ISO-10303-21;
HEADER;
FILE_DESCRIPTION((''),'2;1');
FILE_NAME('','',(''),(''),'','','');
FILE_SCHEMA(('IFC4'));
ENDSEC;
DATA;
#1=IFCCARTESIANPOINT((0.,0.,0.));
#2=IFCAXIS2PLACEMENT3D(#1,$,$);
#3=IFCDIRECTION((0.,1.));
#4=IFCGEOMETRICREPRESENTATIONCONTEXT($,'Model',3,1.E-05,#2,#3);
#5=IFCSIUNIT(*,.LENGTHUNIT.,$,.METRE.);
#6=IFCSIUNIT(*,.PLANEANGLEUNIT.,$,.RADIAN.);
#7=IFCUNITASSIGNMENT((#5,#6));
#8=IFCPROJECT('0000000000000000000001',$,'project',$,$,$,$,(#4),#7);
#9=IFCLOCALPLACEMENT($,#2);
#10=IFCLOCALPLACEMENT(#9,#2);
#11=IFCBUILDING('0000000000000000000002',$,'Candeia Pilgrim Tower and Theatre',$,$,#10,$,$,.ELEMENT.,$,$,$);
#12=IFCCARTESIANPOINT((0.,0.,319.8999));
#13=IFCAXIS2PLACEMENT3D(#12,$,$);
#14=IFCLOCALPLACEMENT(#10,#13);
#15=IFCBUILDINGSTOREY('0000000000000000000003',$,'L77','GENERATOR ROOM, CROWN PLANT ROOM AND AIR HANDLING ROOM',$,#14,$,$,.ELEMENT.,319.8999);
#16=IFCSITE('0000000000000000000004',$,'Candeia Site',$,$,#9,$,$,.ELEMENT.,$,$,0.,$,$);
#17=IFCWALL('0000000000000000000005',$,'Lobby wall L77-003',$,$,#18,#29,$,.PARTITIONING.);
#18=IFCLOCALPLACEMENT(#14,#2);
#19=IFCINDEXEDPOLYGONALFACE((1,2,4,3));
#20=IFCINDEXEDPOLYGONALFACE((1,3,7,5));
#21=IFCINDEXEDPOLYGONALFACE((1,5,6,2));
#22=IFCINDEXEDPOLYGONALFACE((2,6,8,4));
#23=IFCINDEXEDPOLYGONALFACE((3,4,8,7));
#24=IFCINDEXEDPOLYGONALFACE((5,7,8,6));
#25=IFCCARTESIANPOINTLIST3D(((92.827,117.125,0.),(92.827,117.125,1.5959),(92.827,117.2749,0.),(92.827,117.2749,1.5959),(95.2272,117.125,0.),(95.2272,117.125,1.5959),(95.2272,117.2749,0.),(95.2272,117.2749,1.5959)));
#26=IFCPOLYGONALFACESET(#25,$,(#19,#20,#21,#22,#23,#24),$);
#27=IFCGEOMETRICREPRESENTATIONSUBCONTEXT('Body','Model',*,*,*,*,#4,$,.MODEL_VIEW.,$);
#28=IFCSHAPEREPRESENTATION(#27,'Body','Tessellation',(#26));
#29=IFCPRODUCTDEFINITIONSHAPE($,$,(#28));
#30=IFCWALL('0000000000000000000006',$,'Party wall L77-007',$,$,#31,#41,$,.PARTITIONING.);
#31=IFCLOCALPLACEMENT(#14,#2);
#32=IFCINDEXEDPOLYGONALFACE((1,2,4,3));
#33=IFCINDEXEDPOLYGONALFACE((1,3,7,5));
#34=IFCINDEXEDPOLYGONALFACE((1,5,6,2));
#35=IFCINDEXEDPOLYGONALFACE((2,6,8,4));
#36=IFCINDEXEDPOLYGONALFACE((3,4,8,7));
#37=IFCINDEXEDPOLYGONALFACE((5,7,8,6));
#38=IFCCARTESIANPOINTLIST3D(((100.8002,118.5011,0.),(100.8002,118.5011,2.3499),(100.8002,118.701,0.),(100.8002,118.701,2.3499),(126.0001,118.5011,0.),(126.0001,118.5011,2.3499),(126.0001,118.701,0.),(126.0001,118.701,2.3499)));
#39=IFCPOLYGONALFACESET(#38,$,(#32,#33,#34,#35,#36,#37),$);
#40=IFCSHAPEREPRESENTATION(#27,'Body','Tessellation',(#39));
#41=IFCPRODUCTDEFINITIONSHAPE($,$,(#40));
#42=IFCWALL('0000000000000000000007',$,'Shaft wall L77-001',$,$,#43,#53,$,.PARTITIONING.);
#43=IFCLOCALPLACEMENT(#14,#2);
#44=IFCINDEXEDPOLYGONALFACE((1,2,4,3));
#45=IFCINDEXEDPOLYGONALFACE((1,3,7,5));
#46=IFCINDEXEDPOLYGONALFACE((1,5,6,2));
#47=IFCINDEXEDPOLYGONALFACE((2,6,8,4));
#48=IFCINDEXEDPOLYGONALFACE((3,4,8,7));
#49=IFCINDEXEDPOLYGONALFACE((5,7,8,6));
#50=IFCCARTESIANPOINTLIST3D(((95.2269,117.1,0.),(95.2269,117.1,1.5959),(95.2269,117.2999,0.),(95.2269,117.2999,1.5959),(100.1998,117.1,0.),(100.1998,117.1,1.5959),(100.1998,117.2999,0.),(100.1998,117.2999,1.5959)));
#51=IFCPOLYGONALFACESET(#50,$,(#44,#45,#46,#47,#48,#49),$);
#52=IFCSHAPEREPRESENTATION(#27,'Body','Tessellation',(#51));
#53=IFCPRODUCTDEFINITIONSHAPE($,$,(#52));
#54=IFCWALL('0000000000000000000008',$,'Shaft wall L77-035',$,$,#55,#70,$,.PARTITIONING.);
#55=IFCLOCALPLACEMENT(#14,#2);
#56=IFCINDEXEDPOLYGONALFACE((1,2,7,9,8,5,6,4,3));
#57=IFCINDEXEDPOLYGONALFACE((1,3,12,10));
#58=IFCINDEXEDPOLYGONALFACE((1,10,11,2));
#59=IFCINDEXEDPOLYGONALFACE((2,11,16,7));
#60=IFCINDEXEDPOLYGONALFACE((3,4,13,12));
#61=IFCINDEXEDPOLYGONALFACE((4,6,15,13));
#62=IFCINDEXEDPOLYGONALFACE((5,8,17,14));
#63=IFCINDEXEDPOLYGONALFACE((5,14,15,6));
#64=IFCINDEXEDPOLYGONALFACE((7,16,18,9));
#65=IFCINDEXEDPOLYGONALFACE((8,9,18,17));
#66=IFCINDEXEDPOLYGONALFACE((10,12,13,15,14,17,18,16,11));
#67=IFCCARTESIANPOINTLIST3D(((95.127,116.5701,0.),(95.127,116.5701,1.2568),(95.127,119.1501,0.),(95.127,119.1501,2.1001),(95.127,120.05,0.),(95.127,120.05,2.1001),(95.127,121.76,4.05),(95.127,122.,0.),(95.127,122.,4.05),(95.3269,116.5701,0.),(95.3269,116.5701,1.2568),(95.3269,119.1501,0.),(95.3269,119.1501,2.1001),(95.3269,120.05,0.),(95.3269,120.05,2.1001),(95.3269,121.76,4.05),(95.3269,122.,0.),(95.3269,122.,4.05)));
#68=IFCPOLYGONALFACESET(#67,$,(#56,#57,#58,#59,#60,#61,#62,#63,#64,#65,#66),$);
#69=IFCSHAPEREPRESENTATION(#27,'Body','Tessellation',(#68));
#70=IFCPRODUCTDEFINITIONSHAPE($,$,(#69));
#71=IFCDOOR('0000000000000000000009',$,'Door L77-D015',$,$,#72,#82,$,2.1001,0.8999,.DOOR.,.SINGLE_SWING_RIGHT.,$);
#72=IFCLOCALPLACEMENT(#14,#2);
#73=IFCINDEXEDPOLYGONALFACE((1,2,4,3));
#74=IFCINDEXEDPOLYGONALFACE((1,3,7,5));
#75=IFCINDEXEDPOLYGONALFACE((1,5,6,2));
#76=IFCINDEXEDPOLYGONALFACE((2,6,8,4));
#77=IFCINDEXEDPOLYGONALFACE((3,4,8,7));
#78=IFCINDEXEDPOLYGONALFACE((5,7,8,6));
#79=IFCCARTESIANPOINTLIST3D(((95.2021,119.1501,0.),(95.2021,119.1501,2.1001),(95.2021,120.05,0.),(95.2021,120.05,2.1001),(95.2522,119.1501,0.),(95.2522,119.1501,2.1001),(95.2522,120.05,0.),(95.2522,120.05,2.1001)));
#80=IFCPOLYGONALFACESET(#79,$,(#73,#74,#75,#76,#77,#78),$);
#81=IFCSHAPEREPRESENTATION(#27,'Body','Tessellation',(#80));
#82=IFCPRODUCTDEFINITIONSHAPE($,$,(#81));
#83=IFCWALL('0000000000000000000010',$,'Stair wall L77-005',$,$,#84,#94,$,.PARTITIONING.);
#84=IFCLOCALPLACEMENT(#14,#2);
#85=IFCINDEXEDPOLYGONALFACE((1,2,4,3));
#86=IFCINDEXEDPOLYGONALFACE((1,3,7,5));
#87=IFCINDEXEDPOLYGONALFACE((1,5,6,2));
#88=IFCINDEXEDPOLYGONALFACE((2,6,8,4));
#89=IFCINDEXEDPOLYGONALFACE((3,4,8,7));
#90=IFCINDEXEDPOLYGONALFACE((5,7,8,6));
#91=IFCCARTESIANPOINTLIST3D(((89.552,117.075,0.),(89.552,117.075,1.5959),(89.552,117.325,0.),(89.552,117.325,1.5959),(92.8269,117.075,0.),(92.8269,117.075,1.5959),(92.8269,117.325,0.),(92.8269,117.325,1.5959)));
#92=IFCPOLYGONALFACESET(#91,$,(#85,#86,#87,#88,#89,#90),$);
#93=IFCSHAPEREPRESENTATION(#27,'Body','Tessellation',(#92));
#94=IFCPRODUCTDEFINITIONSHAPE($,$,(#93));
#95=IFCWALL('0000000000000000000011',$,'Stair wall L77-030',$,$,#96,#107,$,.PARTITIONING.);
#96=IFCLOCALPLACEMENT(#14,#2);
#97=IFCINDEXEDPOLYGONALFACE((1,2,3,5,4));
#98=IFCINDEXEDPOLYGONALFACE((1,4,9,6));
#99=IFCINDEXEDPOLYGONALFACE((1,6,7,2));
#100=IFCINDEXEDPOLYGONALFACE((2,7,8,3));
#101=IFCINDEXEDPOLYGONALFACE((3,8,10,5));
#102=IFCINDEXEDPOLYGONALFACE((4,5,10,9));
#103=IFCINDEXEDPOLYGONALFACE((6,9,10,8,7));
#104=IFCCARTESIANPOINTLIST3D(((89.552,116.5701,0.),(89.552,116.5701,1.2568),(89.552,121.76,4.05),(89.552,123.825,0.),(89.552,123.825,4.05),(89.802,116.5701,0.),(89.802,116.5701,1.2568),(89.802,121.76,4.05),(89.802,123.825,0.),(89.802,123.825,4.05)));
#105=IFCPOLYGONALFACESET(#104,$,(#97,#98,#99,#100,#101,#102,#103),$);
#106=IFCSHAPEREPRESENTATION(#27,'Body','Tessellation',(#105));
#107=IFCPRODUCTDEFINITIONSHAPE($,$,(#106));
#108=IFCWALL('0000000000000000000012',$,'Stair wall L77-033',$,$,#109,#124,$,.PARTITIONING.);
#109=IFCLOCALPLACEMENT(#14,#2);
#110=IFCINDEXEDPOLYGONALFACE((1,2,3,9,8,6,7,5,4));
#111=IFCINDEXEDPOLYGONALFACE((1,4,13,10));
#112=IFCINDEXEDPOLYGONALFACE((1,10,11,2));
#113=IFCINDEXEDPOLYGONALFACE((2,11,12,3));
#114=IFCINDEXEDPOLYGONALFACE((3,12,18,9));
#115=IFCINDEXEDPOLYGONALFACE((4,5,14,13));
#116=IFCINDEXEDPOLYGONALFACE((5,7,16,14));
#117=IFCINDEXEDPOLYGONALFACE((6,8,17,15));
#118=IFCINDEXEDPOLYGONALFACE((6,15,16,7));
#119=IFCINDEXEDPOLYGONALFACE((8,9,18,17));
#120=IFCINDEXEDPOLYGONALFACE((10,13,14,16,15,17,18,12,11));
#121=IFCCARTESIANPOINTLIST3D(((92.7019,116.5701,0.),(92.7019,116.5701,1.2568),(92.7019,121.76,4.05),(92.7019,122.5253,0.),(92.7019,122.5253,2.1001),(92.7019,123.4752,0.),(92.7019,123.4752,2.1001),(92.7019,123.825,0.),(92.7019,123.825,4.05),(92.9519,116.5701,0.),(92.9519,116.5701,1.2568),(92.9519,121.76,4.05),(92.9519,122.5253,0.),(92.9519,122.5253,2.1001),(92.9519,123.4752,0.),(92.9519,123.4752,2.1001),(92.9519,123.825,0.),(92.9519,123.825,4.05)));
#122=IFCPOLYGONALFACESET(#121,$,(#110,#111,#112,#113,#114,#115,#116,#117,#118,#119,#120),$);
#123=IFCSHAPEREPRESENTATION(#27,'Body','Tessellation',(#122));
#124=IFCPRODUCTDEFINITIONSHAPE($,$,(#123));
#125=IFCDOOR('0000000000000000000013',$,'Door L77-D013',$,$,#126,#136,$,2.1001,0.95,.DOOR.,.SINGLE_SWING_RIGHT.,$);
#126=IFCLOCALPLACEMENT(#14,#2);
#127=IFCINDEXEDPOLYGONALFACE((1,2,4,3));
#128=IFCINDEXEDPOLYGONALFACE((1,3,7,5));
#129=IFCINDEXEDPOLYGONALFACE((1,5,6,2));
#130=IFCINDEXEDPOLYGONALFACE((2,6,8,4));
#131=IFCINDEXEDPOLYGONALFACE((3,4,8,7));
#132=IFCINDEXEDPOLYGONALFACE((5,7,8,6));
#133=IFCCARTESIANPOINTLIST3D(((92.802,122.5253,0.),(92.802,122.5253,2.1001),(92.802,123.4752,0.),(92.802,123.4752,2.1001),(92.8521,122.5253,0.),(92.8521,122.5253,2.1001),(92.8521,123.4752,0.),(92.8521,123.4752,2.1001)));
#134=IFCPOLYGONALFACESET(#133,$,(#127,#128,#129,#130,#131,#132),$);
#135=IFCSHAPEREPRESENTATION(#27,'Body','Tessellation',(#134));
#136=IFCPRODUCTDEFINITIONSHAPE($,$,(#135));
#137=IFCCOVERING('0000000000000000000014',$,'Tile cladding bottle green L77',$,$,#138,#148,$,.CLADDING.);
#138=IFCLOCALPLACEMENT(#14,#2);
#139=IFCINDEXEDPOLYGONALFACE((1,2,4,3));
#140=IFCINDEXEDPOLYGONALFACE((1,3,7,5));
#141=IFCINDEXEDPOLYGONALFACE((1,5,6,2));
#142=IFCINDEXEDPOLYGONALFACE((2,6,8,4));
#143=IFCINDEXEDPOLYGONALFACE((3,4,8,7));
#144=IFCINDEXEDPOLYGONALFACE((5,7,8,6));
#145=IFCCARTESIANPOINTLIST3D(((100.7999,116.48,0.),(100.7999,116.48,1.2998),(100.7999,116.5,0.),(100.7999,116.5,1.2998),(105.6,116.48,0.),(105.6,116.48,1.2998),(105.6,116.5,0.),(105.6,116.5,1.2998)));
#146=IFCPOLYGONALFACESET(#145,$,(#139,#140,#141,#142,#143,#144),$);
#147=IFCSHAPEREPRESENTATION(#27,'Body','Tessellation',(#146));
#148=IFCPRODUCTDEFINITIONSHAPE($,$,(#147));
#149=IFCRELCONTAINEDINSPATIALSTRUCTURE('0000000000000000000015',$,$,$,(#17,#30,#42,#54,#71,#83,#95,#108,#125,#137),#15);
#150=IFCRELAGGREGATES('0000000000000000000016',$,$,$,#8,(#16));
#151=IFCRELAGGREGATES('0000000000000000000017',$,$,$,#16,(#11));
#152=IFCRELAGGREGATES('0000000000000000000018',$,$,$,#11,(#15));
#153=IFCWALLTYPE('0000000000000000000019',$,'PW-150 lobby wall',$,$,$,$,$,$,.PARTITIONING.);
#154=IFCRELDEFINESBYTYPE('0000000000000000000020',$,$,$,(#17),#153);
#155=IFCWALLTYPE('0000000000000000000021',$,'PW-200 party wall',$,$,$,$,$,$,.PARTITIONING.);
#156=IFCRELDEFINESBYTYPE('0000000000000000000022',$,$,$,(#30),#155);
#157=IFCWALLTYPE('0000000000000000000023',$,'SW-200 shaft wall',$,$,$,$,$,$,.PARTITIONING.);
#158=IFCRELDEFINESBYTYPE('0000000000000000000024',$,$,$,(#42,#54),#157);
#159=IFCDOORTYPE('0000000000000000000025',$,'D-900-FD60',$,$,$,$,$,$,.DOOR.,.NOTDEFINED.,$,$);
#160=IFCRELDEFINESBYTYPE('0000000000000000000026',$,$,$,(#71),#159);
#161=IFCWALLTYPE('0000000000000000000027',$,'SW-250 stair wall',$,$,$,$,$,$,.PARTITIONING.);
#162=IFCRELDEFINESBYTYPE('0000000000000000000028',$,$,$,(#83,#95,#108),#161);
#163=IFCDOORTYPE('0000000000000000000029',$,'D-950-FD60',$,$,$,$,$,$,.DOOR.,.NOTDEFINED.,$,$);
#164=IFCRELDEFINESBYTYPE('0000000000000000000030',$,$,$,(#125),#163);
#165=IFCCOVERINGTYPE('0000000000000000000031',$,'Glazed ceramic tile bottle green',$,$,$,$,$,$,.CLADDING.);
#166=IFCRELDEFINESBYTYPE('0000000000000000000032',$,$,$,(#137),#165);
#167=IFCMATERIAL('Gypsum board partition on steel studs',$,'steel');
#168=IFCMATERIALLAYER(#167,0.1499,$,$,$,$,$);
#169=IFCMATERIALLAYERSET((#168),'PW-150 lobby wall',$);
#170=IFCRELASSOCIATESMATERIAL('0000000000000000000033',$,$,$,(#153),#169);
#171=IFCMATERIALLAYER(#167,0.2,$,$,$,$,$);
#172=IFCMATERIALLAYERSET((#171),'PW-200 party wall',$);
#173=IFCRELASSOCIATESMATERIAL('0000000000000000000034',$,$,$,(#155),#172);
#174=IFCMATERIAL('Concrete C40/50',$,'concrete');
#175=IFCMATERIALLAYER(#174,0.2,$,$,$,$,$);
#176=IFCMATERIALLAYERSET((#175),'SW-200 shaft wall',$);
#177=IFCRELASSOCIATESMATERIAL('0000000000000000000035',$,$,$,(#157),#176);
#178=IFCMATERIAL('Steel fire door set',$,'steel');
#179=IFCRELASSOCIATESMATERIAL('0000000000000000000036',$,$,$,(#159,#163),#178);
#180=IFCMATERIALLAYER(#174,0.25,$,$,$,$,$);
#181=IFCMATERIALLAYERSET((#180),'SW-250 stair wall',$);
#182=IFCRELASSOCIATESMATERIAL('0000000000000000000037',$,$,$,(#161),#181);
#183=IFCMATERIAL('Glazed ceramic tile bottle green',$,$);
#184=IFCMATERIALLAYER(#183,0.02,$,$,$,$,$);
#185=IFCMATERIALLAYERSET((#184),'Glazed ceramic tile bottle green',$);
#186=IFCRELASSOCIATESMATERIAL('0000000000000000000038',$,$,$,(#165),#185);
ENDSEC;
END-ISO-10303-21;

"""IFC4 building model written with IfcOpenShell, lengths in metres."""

from ifc_helpers import new_model, si_unit, direction, frame, frame_2d, origin, origin_2d, place, context, subcontext, project, spatial, polyline, rectangle, outline, extrude, material, layer, layer_set, type_object, element, fill, save


model = new_model("IFC4")

# Units and contexts
model_context = context("Model", 3, precision=1e-05, world=origin(), true_north=direction((0.0, 1.0)))
body_context = subcontext(model_context, "Body", "Model", "MODEL_VIEW")
ifc_project = project(units=[si_unit("LENGTHUNIT", "METRE"), si_unit("PLANEANGLEUNIT", "RADIAN")], contexts=[model_context])

# Site, building, storey
site_placement = place(None, origin())
site = spatial("IfcSite", under=ifc_project, at=site_placement, Name="Candeia Site", CompositionType="ELEMENT", RefElevation=0.0)
building_placement = place(site_placement, origin())
building = spatial("IfcBuilding", under=site, at=building_placement, Name="Candeia Pilgrim Tower and Theatre", CompositionType="ELEMENT")
storey_placement = place(building_placement, frame((0.0, 0.0, 319.8999)))
storey = spatial("IfcBuildingStorey", under=building, at=storey_placement, Name="L77", Description="GENERATOR ROOM, CROWN PLANT ROOM AND AIR HANDLING ROOM", CompositionType="ELEMENT", Elevation=319.8999)

# Shared definitions
ifc_material_1 = material(Name="Concrete C40/50", Category="concrete")

# Walls
ifc_material_2 = material(Name="Gypsum board partition on steel studs", Category="steel")
ifc_layer_1 = layer(ifc_material_2, 0.1499)
ifc_layer_set_1 = layer_set([ifc_layer_1], Name="PW-150 lobby wall")
wall_type_1 = type_object("IfcWallType", Name="PW-150 lobby wall", PredefinedType="PARTITIONING", material=ifc_layer_set_1)
wall_1_placement = place(storey_placement, frame((92.8269, 117.2, 0.0), z_axis=(0.0, 0.0, 1.0), x_axis=(1.0, 0.0, 0.0)))
element("IfcWall", 1, at=wall_1_placement, inside=storey, type_object=wall_type_1, Name="Lobby wall L77-003", PredefinedType="PARTITIONING", context=body_context, shape_type="SweptSolid", body=[
    extrude(rectangle(XDim=2.4001, YDim=0.1499, at=frame_2d((1.2002, 0.0))), origin(), (0.0, 0.0, 1.0), 1.5959),
])
ifc_layer_2 = layer(ifc_material_2, 0.2)
ifc_layer_set_2 = layer_set([ifc_layer_2], Name="PW-200 party wall")
wall_type_2 = type_object("IfcWallType", Name="PW-200 party wall", PredefinedType="PARTITIONING", material=ifc_layer_set_2)
wall_2_placement = place(storey_placement, frame((100.8, 118.6011, 0.0), z_axis=(0.0, 0.0, 1.0), x_axis=(1.0, 0.0, 0.0)))
element("IfcWall", 2, at=wall_2_placement, inside=storey, type_object=wall_type_2, Name="Party wall L77-007", PredefinedType="PARTITIONING", context=body_context, shape_type="SweptSolid", body=[
    extrude(rectangle(XDim=25.2, YDim=0.2, at=frame_2d((12.6001, 0.0))), origin(), (0.0, 0.0, 1.0), 2.3499),
])
ifc_layer_3 = layer(ifc_material_1, 0.2)
ifc_layer_set_3 = layer_set([ifc_layer_3], Name="SW-200 shaft wall")
wall_type_3 = type_object("IfcWallType", Name="SW-200 shaft wall", PredefinedType="PARTITIONING", material=ifc_layer_set_3)
wall_3_placement = place(storey_placement, frame((95.2271, 117.2, 0.0), z_axis=(0.0, 0.0, 1.0), x_axis=(1.0, 0.0, 0.0)))
element("IfcWall", 3, at=wall_3_placement, inside=storey, type_object=wall_type_3, Name="Shaft wall L77-001", PredefinedType="PARTITIONING", context=body_context, shape_type="SweptSolid", body=[
    extrude(rectangle(XDim=4.9729, YDim=0.2, at=frame_2d((2.4863, 0.0))), origin(), (0.0, 0.0, 1.0), 1.5959),
])

# Wall, opening, door
wall_4_placement = place(storey_placement, frame((95.2271, 116.5701, 0.0), z_axis=(0.0, 0.0, 1.0), x_axis=(0.0, 1.0, 0.0)))
wall_4 = element("IfcWall", 4, at=wall_4_placement, inside=storey, type_object=wall_type_3, Name="Shaft wall L77-035", PredefinedType="PARTITIONING", context=body_context, shape_type="SweptSolid", body=[
    extrude(outline(polyline([(0.0, 0.0), (5.4299, 0.0), (5.4299, 4.05), (5.1899, 4.05), (0.0, 1.2568), (0.0, 0.0)])), frame((0.0, 0.1001, 0.0), z_axis=(0.0, -1.0, 0.0), x_axis=(1.0, 0.0, 0.0)), (0.0, 0.0, 1.0), 0.2),
])
opening_1_placement = place(wall_4_placement, frame((2.5801, 0.0, 0.0)))
opening_1 = element("IfcOpeningElement", 5, at=opening_1_placement, cuts=wall_4, PredefinedType="OPENING", context=body_context, shape_type="SweptSolid", body=[
    extrude(rectangle(XDim=0.8999, YDim=2.1001, at=frame_2d((0.45, 1.05))), frame((0.0, 0.1099, 0.0), z_axis=(0.0, -1.0, 0.0), x_axis=(1.0, 0.0, 0.0)), (0.0, 0.0, 1.0), 0.22),
])
ifc_material_3 = material(Name="Steel fire door set", Category="steel")
door_type_1 = type_object("IfcDoorType", Name="D-900-FD60", OperationType="NOTDEFINED", PredefinedType="DOOR", material=ifc_material_3)
door_1_placement = place(opening_1_placement, origin())
door_1 = element("IfcDoor", 6, at=door_1_placement, inside=storey, type_object=door_type_1, Name="Door L77-D015", OperationType="SINGLE_SWING_RIGHT", OverallHeight=2.1001, OverallWidth=0.8999, PredefinedType="DOOR", context=body_context, shape_type="SweptSolid", body=[
    extrude(rectangle(XDim=0.8999, YDim=2.1001, at=frame_2d((0.45, 1.05))), frame((0.0, 0.0249, 0.0), z_axis=(0.0, -1.0, 0.0), x_axis=(1.0, 0.0, 0.0)), (0.0, 0.0, 1.0), 0.05),
])
fill(opening_1, door_1)

# Walls
ifc_layer_4 = layer(ifc_material_1, 0.25)
ifc_layer_set_4 = layer_set([ifc_layer_4], Name="SW-250 stair wall")
wall_type_4 = type_object("IfcWallType", Name="SW-250 stair wall", PredefinedType="PARTITIONING", material=ifc_layer_set_4)
wall_5_placement = place(storey_placement, frame((89.552, 117.2, 0.0), z_axis=(0.0, 0.0, 1.0), x_axis=(1.0, 0.0, 0.0)))
element("IfcWall", 7, at=wall_5_placement, inside=storey, type_object=wall_type_4, Name="Stair wall L77-005", PredefinedType="PARTITIONING", context=body_context, shape_type="SweptSolid", body=[
    extrude(rectangle(XDim=3.2749, YDim=0.25, at=frame_2d((1.6375, 0.0))), origin(), (0.0, 0.0, 1.0), 1.5959),
])
wall_6_placement = place(storey_placement, frame((89.677, 116.5701, 0.0), z_axis=(0.0, 0.0, 1.0), x_axis=(0.0, 1.0, 0.0)))
element("IfcWall", 8, at=wall_6_placement, inside=storey, type_object=wall_type_4, Name="Stair wall L77-030", PredefinedType="PARTITIONING", context=body_context, shape_type="SweptSolid", body=[
    extrude(outline(polyline([(0.0, 0.0), (7.2549, 0.0), (7.2549, 4.05), (5.1899, 4.05), (0.0, 1.2568), (0.0, 0.0)])), frame((0.0, 0.125, 0.0), z_axis=(0.0, -1.0, 0.0), x_axis=(1.0, 0.0, 0.0)), (0.0, 0.0, 1.0), 0.25),
])

# Wall, opening, door
wall_7_placement = place(storey_placement, frame((92.8269, 116.5701, 0.0), z_axis=(0.0, 0.0, 1.0), x_axis=(0.0, 1.0, 0.0)))
wall_7 = element("IfcWall", 9, at=wall_7_placement, inside=storey, type_object=wall_type_4, Name="Stair wall L77-033", PredefinedType="PARTITIONING", context=body_context, shape_type="SweptSolid", body=[
    extrude(outline(polyline([(0.0, 0.0), (7.2549, 0.0), (7.2549, 4.05), (5.1899, 4.05), (0.0, 1.2568), (0.0, 0.0)])), frame((0.0, 0.125, 0.0), z_axis=(0.0, -1.0, 0.0), x_axis=(1.0, 0.0, 0.0)), (0.0, 0.0, 1.0), 0.25),
])
opening_2_placement = place(wall_7_placement, frame((5.9551, 0.0, 0.0)))
opening_2 = element("IfcOpeningElement", 10, at=opening_2_placement, cuts=wall_7, PredefinedType="OPENING", context=body_context, shape_type="SweptSolid", body=[
    extrude(rectangle(XDim=0.95, YDim=2.1001, at=frame_2d((0.4751, 1.05))), frame((0.0, 0.135, 0.0), z_axis=(0.0, -1.0, 0.0), x_axis=(1.0, 0.0, 0.0)), (0.0, 0.0, 1.0), 0.27),
])
door_type_2 = type_object("IfcDoorType", Name="D-950-FD60", OperationType="NOTDEFINED", PredefinedType="DOOR", material=ifc_material_3)
door_2_placement = place(opening_2_placement, origin())
door_2 = element("IfcDoor", 11, at=door_2_placement, inside=storey, type_object=door_type_2, Name="Door L77-D013", OperationType="SINGLE_SWING_RIGHT", OverallHeight=2.1001, OverallWidth=0.95, PredefinedType="DOOR", context=body_context, shape_type="SweptSolid", body=[
    extrude(rectangle(XDim=0.95, YDim=2.1001, at=frame_2d((0.4751, 1.05))), frame((0.0, 0.0249, 0.0), z_axis=(0.0, -1.0, 0.0), x_axis=(1.0, 0.0, 0.0)), (0.0, 0.0, 1.0), 0.05),
])
fill(opening_2, door_2)

# Covering
ifc_material_4 = material(Name="Glazed ceramic tile bottle green")
ifc_layer_5 = layer(ifc_material_4, 0.02)
ifc_layer_set_5 = layer_set([ifc_layer_5], Name="Glazed ceramic tile bottle green")
covering_type = type_object("IfcCoveringType", Name="Glazed ceramic tile bottle green", PredefinedType="CLADDING", material=ifc_layer_set_5)
covering_placement = place(storey_placement, frame((103.2, 116.49, 0.0), z_axis=(0.0, 0.0, 1.0), x_axis=(1.0, 0.0, 0.0)))
element("IfcCovering", 12, at=covering_placement, inside=storey, type_object=covering_type, Name="Tile cladding bottle green L77", PredefinedType="CLADDING", context=body_context, shape_type="SweptSolid", body=[
    extrude(rectangle(XDim=4.8, YDim=0.02, at=origin_2d()), origin(), (0.0, 0.0, 1.0), 1.2998),
])

save(model, "model.ifc")
